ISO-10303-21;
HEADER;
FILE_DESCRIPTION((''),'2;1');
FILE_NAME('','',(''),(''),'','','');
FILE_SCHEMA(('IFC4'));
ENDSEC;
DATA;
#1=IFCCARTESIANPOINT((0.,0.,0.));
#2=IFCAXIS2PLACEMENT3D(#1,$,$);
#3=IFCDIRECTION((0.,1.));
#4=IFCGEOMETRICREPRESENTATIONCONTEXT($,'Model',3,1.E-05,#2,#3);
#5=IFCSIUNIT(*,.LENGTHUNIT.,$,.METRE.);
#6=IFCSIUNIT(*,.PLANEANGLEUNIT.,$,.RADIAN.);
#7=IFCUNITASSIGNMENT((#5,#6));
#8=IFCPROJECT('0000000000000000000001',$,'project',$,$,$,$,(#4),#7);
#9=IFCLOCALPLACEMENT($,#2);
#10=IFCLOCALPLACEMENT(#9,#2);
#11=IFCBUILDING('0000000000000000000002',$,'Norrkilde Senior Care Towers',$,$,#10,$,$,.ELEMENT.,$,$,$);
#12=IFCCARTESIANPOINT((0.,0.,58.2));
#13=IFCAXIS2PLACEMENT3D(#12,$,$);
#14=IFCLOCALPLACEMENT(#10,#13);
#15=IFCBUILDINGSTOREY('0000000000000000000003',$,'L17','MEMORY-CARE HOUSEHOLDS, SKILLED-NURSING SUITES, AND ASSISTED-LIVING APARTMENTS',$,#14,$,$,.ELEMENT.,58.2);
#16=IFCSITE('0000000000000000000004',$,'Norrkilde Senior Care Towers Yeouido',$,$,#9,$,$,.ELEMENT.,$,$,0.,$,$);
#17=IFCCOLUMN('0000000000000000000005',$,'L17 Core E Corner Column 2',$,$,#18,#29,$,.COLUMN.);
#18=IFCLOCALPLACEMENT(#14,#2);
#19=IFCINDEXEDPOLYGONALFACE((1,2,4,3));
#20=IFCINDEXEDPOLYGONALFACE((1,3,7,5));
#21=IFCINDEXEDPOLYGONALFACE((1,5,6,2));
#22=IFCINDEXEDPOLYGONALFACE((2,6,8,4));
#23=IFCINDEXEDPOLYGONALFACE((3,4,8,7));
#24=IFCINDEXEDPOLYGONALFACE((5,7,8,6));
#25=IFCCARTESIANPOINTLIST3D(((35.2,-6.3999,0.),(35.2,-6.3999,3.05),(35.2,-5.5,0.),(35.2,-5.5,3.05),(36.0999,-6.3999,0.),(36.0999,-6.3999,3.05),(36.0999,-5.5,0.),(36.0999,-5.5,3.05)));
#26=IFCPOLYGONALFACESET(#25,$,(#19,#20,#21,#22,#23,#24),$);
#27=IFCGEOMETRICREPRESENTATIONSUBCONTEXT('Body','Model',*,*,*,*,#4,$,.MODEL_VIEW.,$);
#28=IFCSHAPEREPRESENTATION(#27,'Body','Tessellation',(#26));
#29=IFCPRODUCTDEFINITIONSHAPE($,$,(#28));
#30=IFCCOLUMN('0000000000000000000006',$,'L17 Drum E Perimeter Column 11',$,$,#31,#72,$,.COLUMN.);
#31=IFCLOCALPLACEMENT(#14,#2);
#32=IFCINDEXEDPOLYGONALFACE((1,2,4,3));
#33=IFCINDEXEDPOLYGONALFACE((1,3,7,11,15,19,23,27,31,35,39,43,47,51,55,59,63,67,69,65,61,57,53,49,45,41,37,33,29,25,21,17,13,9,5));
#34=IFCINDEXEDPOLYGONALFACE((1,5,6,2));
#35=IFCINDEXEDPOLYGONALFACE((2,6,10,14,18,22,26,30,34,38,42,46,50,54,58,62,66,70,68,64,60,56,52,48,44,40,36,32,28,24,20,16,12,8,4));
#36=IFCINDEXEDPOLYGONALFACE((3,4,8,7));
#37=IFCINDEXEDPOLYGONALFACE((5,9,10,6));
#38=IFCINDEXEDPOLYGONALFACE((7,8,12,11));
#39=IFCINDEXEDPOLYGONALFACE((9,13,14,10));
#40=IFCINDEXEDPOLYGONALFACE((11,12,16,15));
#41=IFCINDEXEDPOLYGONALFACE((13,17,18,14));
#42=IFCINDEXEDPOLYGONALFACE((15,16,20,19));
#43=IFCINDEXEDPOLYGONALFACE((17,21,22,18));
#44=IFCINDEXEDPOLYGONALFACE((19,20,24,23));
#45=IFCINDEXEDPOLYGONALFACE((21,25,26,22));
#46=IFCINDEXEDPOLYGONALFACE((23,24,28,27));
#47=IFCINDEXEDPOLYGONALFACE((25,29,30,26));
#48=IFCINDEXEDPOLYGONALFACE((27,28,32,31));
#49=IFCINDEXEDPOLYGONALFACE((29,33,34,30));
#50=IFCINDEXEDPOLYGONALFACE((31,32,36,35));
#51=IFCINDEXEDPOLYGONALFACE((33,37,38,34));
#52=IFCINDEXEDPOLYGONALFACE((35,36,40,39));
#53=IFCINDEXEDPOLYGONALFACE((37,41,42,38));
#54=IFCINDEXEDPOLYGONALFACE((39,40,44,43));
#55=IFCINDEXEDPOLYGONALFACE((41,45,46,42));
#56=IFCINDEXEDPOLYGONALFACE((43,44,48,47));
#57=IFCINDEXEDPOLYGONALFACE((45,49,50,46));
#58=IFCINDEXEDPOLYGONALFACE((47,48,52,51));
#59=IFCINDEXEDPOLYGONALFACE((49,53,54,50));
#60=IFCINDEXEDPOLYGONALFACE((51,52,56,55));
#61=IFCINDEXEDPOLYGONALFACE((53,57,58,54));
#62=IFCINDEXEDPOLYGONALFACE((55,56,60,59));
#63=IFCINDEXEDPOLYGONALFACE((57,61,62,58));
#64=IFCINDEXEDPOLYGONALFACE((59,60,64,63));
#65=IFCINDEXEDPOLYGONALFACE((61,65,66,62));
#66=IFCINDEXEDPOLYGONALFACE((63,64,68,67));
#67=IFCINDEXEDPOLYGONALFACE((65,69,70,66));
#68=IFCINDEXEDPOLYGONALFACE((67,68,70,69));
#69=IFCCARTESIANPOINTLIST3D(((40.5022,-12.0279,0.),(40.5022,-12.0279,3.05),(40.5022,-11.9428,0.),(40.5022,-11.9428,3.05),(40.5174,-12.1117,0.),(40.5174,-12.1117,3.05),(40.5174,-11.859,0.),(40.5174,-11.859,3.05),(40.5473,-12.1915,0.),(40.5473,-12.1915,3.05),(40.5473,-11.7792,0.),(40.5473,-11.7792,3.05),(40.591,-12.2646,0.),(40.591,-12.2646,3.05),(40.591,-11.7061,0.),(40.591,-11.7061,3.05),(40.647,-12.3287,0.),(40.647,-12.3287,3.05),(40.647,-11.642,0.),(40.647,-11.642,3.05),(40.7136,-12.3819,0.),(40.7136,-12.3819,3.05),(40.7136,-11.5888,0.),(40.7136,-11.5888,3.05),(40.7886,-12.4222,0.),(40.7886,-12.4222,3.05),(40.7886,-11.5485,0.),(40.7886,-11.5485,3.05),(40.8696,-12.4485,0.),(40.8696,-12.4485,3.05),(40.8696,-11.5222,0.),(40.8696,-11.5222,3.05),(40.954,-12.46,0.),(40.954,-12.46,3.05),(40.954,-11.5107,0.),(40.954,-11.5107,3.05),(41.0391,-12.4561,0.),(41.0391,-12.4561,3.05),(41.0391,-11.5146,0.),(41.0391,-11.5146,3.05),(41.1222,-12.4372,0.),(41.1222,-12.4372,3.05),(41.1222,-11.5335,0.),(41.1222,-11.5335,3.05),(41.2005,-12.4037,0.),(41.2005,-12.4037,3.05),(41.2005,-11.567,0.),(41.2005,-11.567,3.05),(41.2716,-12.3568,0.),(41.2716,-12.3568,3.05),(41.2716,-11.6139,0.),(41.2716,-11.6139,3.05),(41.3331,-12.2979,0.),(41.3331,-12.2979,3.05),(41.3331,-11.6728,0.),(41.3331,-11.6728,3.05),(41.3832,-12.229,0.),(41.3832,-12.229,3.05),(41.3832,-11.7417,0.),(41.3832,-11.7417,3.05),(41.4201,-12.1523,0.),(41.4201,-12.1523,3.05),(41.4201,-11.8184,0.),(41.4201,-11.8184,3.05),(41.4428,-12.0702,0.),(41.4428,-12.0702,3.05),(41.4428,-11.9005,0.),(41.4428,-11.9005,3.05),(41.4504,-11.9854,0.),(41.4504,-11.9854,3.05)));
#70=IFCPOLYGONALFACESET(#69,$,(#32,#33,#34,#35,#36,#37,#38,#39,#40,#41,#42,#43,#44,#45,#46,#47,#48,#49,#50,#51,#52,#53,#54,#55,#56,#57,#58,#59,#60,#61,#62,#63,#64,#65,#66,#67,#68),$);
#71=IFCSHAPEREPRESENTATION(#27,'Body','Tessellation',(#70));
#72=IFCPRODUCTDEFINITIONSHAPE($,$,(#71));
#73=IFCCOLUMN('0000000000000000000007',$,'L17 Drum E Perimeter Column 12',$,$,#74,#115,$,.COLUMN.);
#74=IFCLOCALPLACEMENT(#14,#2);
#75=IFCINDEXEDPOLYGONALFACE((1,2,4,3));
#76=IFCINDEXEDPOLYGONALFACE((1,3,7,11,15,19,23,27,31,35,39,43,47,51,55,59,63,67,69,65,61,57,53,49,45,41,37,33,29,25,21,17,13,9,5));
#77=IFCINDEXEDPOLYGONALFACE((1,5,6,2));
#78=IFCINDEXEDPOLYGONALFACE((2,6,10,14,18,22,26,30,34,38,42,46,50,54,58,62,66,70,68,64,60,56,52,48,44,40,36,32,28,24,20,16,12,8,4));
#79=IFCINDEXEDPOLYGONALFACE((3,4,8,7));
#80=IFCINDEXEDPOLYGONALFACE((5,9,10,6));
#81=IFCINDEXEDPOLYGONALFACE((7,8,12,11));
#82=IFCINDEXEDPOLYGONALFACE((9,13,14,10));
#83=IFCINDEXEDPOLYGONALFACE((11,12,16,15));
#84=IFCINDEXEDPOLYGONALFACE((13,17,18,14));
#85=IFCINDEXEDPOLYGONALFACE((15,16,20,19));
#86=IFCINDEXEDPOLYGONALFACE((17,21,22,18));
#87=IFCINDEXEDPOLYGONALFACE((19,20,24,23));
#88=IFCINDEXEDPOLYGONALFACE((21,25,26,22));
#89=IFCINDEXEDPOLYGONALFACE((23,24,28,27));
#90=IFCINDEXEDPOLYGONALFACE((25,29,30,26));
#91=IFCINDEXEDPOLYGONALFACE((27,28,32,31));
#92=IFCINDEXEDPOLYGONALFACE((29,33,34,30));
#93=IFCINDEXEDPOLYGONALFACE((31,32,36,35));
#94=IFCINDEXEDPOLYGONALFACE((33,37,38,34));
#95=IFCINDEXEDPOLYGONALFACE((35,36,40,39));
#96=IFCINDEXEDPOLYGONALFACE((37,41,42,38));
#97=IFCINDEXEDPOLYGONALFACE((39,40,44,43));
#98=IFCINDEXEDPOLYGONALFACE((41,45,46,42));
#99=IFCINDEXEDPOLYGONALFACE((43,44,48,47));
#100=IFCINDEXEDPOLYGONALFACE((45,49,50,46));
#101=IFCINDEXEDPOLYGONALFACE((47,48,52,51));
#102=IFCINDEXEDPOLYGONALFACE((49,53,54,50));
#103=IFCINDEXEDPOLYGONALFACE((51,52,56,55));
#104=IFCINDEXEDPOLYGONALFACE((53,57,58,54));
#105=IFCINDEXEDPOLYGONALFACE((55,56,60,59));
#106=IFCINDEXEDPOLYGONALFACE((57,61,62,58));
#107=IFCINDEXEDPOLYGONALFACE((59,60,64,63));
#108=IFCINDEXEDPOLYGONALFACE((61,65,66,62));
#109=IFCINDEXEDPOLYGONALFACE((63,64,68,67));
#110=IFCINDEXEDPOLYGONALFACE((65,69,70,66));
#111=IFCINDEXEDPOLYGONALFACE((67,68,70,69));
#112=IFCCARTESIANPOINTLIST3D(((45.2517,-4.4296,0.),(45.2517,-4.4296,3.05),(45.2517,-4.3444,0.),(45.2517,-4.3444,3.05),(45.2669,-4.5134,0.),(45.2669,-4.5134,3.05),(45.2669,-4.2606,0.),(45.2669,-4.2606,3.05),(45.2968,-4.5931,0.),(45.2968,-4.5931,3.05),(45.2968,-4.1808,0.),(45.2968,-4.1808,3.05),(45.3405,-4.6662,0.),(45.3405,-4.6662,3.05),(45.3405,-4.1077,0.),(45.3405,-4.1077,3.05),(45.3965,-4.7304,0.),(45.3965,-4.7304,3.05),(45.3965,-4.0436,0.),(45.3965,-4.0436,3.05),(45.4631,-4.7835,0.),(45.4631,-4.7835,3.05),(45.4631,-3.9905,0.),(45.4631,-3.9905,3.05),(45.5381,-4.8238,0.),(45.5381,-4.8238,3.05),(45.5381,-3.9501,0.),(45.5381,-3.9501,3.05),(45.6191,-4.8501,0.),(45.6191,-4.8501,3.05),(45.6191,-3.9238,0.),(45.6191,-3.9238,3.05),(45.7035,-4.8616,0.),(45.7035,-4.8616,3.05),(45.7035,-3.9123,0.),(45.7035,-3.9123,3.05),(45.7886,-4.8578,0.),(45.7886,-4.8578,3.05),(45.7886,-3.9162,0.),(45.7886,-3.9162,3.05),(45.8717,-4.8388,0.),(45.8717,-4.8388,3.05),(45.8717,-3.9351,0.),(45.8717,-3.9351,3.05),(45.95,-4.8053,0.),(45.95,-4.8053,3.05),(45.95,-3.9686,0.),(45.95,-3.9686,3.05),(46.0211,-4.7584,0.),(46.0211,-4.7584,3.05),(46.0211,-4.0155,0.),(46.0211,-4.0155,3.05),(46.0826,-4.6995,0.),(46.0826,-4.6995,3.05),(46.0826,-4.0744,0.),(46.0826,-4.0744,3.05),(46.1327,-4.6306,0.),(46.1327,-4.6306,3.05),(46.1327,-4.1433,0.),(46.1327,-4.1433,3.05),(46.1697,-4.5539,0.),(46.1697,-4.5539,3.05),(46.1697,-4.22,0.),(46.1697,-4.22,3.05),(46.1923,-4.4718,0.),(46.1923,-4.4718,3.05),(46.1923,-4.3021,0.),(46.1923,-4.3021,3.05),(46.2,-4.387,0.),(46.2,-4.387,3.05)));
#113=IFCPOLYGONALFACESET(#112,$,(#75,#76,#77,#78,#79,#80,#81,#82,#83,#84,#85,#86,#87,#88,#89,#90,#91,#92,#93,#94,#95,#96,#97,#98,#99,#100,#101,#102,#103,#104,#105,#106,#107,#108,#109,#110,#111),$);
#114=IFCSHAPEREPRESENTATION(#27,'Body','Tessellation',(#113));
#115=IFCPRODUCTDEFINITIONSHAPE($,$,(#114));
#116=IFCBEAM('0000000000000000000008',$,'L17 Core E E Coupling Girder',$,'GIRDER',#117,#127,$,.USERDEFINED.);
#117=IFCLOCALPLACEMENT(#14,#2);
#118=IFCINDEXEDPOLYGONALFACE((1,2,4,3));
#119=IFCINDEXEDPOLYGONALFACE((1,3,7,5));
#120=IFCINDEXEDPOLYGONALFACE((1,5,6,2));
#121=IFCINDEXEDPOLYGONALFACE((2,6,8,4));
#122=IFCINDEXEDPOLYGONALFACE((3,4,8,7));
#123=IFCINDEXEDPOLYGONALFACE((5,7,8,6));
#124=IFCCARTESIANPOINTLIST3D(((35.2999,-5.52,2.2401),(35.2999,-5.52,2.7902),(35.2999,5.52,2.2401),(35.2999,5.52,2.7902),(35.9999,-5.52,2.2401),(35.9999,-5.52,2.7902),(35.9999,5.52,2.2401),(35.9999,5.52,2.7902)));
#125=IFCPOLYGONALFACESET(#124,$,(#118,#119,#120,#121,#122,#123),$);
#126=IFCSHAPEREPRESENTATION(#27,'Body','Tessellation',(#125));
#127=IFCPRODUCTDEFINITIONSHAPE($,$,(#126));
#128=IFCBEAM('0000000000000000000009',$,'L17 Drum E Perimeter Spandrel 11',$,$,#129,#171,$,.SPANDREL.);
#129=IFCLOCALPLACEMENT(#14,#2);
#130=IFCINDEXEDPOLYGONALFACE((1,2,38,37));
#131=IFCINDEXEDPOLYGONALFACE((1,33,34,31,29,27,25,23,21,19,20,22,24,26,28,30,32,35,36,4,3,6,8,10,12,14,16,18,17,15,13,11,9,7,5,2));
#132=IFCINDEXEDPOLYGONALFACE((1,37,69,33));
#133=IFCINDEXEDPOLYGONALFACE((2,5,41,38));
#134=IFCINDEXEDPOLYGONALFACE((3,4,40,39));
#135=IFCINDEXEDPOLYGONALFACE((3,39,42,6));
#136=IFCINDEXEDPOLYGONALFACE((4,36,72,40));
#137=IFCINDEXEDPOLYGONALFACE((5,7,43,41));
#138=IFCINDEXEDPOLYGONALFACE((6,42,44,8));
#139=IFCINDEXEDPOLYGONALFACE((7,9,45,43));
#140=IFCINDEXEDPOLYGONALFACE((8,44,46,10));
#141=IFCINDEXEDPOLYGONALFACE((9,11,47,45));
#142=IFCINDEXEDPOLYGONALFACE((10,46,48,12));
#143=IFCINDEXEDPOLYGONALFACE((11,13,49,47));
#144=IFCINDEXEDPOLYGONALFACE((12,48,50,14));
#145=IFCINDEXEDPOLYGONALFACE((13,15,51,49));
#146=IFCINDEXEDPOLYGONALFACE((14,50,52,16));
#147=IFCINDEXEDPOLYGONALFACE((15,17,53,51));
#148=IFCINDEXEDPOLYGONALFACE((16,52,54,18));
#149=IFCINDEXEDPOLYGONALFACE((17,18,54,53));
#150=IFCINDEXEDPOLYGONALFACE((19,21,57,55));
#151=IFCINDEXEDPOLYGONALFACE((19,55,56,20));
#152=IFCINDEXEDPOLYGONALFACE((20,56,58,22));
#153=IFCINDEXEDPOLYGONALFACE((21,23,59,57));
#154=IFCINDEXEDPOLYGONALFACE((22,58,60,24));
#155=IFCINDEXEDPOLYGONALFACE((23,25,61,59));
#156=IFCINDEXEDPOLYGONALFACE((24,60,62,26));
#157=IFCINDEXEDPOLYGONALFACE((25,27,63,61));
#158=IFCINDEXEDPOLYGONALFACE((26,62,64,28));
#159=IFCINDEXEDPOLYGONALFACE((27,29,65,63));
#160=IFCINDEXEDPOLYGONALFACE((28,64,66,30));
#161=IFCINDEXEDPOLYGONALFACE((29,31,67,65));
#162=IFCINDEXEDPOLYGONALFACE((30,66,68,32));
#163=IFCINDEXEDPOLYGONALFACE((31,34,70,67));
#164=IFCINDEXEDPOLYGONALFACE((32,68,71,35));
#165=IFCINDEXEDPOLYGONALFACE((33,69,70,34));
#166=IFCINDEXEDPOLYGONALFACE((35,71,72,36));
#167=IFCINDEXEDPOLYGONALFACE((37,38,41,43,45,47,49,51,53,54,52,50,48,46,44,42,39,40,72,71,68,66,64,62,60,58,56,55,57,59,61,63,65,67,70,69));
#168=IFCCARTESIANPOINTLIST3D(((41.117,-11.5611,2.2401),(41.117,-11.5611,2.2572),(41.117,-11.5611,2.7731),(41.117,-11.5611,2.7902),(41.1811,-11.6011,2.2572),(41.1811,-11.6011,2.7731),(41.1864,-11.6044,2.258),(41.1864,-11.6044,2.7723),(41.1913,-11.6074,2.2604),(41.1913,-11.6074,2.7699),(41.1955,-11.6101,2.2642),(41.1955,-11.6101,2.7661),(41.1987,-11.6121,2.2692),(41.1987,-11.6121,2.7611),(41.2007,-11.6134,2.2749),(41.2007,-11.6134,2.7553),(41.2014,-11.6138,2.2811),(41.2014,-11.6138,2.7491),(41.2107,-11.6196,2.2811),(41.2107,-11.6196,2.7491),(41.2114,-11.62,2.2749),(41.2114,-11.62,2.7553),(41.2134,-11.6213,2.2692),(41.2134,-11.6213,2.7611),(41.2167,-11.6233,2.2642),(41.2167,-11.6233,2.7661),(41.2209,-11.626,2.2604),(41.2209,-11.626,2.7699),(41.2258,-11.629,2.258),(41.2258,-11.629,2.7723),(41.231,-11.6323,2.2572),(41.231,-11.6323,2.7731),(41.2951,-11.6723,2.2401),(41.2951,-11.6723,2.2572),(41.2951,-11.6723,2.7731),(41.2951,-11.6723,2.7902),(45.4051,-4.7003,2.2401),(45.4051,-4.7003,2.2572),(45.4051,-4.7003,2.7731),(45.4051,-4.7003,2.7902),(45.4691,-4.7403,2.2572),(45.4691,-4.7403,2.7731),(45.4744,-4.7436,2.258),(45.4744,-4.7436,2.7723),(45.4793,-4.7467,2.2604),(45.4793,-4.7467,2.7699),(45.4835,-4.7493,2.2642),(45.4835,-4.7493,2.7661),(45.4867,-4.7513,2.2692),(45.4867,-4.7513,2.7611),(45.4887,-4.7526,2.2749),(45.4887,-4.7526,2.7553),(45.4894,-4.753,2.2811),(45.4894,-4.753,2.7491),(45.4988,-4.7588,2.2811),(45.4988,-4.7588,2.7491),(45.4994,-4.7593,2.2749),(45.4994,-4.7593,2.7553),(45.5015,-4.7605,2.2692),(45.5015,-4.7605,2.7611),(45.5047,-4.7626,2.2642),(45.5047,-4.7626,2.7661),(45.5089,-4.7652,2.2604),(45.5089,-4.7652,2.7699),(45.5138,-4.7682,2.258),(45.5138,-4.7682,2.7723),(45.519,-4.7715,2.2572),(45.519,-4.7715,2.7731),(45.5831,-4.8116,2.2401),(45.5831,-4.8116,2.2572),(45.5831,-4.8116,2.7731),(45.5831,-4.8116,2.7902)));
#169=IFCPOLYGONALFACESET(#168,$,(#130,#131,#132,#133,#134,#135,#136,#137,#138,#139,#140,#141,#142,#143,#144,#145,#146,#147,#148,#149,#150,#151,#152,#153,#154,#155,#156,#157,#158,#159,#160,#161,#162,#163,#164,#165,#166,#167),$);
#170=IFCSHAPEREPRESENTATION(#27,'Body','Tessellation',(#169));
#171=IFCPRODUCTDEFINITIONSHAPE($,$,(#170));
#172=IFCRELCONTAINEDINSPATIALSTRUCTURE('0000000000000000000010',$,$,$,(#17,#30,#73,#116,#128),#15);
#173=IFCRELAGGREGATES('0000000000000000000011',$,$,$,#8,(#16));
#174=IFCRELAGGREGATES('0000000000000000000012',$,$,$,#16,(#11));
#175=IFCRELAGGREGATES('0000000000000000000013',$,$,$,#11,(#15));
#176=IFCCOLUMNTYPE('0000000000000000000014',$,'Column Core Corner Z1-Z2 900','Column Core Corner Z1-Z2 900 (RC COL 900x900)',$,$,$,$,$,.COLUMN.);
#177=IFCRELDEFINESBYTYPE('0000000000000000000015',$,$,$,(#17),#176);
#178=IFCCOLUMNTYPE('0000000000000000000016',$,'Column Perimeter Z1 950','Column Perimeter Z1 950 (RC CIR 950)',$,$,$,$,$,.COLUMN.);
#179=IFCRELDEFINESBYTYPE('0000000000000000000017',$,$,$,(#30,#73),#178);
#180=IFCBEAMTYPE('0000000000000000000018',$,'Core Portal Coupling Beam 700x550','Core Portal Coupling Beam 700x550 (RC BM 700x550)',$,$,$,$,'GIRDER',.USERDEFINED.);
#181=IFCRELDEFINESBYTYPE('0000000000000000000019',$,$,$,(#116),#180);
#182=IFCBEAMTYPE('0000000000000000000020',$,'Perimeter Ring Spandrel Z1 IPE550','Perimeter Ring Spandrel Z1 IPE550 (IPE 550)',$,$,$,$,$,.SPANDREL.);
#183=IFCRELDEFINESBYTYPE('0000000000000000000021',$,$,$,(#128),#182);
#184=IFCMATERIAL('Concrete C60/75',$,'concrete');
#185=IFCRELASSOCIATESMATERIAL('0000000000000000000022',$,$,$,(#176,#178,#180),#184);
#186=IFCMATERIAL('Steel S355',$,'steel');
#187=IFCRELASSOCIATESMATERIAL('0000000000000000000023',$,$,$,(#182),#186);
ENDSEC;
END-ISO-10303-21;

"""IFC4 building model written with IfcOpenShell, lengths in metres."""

from ifc_helpers import new_model, si_unit, direction, frame, origin, origin_2d, place, context, subcontext, project, spatial, rectangle, circle, i_section, extrude, source, transform, mapped, material, material_profile, profile_set, type_object, type_shapes, element, save


model = new_model("IFC4")

# Units and contexts
model_context = context("Model", 3, precision=1e-05, world=origin(), true_north=direction((0.0, 1.0)))
body_context = subcontext(model_context, "Body", "Model", "MODEL_VIEW")
ifc_project = project(units=[si_unit("LENGTHUNIT", "METRE"), si_unit("PLANEANGLEUNIT", "RADIAN")], contexts=[model_context])

# Site, building, storey
site_placement = place(None, origin())
site = spatial("IfcSite", under=ifc_project, at=site_placement, Name="Norrkilde Senior Care Towers Yeouido", CompositionType="ELEMENT", RefElevation=0.0)
building_placement = place(site_placement, origin())
building = spatial("IfcBuilding", under=site, at=building_placement, Name="Norrkilde Senior Care Towers", CompositionType="ELEMENT")
storey_placement = place(building_placement, frame((0.0, 0.0, 58.2)))
storey = spatial("IfcBuildingStorey", under=building, at=storey_placement, Name="L17", Description="MEMORY-CARE HOUSEHOLDS, SKILLED-NURSING SUITES, AND ASSISTED-LIVING APARTMENTS", CompositionType="ELEMENT", Elevation=58.2)

# Columns
ifc_material_1 = material(Name="Concrete C60/75", Category="concrete")
ifc_material_profile_1 = material_profile(ifc_material_1, rectangle(XDim=0.8999, YDim=0.8999, at=origin_2d()), Name="RC COL 900x900")
ifc_profile_set_1 = profile_set([ifc_material_profile_1], Name="Concrete C60/75")
column_type_1 = type_object("IfcColumnType", Name="Column Core Corner Z1-Z2 900", Description="Column Core Corner Z1-Z2 900 (RC COL 900x900)", PredefinedType="COLUMN", material=ifc_profile_set_1)
shared_shape_1 = source(origin(), body_context, "Body", "SweptSolid", [
    extrude(rectangle(XDim=0.8999, YDim=0.8999, at=origin_2d()), origin(), (0.0, 0.0, 1.0), 3.05),
])
type_shapes(column_type_1, [shared_shape_1])
column_placement = place(storey_placement, frame((35.6499, -5.95, 0.0), z_axis=(0.0, 0.0, 1.0), x_axis=(1.0, 0.0, 0.0)))
element("IfcColumn", 1, at=column_placement, inside=storey, type_object=column_type_1, Name="L17 Core E Corner Column 2", PredefinedType="COLUMN", context=body_context, shape_type="MappedRepresentation", body=[
    mapped(shared_shape_1, transform((0.0, 0.0, 0.0), x_axis=(1.0, 0.0, 0.0), y_axis=(0.0, 1.0, 0.0), z_axis=(0.0, 0.0, 1.0), scale=1.0)),
])
ifc_material_profile_2 = material_profile(ifc_material_1, circle(Radius=0.4751, at=origin_2d()), Name="RC CIR 950")
ifc_profile_set_2 = profile_set([ifc_material_profile_2], Name="Concrete C60/75")
column_type_2 = type_object("IfcColumnType", Name="Column Perimeter Z1 950", Description="Column Perimeter Z1 950 (RC CIR 950)", PredefinedType="COLUMN", material=ifc_profile_set_2)
shared_shape_2 = source(origin(), body_context, "Body", "SweptSolid", [
    extrude(circle(Radius=0.4751, at=origin_2d()), origin(), (0.0, 0.0, 1.0), 3.05),
])
type_shapes(column_type_2, [shared_shape_2])
for number, where, z_axis, x_axis, name in (
    (2, (40.9753, -11.9854, 0.0), (0.0, 0.0, 1.0), (1.0, 0.0, 0.0), "L17 Drum E Perimeter Column 11"),
    (3, (45.7249, -4.387, 0.0), (0.0, 0.0, 1.0), (1.0, 0.0, 0.0), "L17 Drum E Perimeter Column 12"),
):
    element("IfcColumn", number, at=place(storey_placement, frame(where, z_axis=z_axis, x_axis=x_axis)), inside=storey, type_object=column_type_2, Name=name, PredefinedType="COLUMN", context=body_context, shape_type="MappedRepresentation", body=[
        mapped(shared_shape_2, transform((0.0, 0.0, 0.0), x_axis=(1.0, 0.0, 0.0), y_axis=(0.0, 1.0, 0.0), z_axis=(0.0, 0.0, 1.0), scale=1.0)),
    ])

# Beams
ifc_material_profile_3 = material_profile(ifc_material_1, rectangle(XDim=0.7, YDim=0.55, at=origin_2d()), Name="RC BM 700x550")
ifc_profile_set_3 = profile_set([ifc_material_profile_3], Name="Concrete C60/75")
beam_type_1 = type_object("IfcBeamType", Name="Core Portal Coupling Beam 700x550", Description="Core Portal Coupling Beam 700x550 (RC BM 700x550)", ElementType="GIRDER", PredefinedType="USERDEFINED", material=ifc_profile_set_3)
shared_shape_3 = source(origin(), body_context, "Body", "SweptSolid", [
    extrude(rectangle(XDim=0.7, YDim=0.55, at=origin_2d()), origin(), (0.0, 0.0, 1.0), 11.04),
])
type_shapes(beam_type_1, [shared_shape_3])
beam_1_placement = place(storey_placement, frame((35.6499, -5.52, 2.5151), z_axis=(0.0, 1.0, 0.0), x_axis=(-1.0, 0.0, 0.0)))
element("IfcBeam", 4, at=beam_1_placement, inside=storey, type_object=beam_type_1, Name="L17 Core E E Coupling Girder", ObjectType="GIRDER", PredefinedType="USERDEFINED", context=body_context, shape_type="MappedRepresentation", body=[
    mapped(shared_shape_3, transform((0.0, 0.0, 0.0), x_axis=(1.0, 0.0, 0.0), y_axis=(0.0, 1.0, 0.0), z_axis=(0.0, 0.0, 1.0), scale=1.0)),
])
ifc_material_2 = material(Name="Steel S355", Category="steel")
ifc_material_profile_4 = material_profile(ifc_material_2, i_section(OverallWidth=0.21, OverallDepth=0.55, WebThickness=0.011, FlangeThickness=0.0171, FilletRadius=0.0239, at=origin_2d()), Name="IPE 550")
ifc_profile_set_4 = profile_set([ifc_material_profile_4], Name="Steel S355")
beam_type_2 = type_object("IfcBeamType", Name="Perimeter Ring Spandrel Z1 IPE550", Description="Perimeter Ring Spandrel Z1 IPE550 (IPE 550)", PredefinedType="SPANDREL", material=ifc_profile_set_4)
shared_shape_4 = source(origin(), body_context, "Body", "SweptSolid", [
    extrude(i_section(OverallWidth=0.21, OverallDepth=0.55, WebThickness=0.011, FlangeThickness=0.0171, FilletRadius=0.0239, at=origin_2d()), origin(), (0.0, 0.0, 1.0), 8.0906),
])
beam_2_placement = place(storey_placement, frame((41.2061, -11.6167, 2.5151), z_axis=(0.530004, 0.847995, 0.0), x_axis=(-0.847995, 0.530004, 0.0)))
element("IfcBeam", 5, at=beam_2_placement, inside=storey, type_object=beam_type_2, Name="L17 Drum E Perimeter Spandrel 11", PredefinedType="SPANDREL", context=body_context, shape_type="MappedRepresentation", body=[
    mapped(shared_shape_4, transform((0.0, 0.0, 0.0), x_axis=(1.0, 0.0, 0.0), y_axis=(0.0, 1.0, 0.0), z_axis=(0.0, 0.0, 1.0), scale=1.0)),
])

save(model, "model.ifc")
